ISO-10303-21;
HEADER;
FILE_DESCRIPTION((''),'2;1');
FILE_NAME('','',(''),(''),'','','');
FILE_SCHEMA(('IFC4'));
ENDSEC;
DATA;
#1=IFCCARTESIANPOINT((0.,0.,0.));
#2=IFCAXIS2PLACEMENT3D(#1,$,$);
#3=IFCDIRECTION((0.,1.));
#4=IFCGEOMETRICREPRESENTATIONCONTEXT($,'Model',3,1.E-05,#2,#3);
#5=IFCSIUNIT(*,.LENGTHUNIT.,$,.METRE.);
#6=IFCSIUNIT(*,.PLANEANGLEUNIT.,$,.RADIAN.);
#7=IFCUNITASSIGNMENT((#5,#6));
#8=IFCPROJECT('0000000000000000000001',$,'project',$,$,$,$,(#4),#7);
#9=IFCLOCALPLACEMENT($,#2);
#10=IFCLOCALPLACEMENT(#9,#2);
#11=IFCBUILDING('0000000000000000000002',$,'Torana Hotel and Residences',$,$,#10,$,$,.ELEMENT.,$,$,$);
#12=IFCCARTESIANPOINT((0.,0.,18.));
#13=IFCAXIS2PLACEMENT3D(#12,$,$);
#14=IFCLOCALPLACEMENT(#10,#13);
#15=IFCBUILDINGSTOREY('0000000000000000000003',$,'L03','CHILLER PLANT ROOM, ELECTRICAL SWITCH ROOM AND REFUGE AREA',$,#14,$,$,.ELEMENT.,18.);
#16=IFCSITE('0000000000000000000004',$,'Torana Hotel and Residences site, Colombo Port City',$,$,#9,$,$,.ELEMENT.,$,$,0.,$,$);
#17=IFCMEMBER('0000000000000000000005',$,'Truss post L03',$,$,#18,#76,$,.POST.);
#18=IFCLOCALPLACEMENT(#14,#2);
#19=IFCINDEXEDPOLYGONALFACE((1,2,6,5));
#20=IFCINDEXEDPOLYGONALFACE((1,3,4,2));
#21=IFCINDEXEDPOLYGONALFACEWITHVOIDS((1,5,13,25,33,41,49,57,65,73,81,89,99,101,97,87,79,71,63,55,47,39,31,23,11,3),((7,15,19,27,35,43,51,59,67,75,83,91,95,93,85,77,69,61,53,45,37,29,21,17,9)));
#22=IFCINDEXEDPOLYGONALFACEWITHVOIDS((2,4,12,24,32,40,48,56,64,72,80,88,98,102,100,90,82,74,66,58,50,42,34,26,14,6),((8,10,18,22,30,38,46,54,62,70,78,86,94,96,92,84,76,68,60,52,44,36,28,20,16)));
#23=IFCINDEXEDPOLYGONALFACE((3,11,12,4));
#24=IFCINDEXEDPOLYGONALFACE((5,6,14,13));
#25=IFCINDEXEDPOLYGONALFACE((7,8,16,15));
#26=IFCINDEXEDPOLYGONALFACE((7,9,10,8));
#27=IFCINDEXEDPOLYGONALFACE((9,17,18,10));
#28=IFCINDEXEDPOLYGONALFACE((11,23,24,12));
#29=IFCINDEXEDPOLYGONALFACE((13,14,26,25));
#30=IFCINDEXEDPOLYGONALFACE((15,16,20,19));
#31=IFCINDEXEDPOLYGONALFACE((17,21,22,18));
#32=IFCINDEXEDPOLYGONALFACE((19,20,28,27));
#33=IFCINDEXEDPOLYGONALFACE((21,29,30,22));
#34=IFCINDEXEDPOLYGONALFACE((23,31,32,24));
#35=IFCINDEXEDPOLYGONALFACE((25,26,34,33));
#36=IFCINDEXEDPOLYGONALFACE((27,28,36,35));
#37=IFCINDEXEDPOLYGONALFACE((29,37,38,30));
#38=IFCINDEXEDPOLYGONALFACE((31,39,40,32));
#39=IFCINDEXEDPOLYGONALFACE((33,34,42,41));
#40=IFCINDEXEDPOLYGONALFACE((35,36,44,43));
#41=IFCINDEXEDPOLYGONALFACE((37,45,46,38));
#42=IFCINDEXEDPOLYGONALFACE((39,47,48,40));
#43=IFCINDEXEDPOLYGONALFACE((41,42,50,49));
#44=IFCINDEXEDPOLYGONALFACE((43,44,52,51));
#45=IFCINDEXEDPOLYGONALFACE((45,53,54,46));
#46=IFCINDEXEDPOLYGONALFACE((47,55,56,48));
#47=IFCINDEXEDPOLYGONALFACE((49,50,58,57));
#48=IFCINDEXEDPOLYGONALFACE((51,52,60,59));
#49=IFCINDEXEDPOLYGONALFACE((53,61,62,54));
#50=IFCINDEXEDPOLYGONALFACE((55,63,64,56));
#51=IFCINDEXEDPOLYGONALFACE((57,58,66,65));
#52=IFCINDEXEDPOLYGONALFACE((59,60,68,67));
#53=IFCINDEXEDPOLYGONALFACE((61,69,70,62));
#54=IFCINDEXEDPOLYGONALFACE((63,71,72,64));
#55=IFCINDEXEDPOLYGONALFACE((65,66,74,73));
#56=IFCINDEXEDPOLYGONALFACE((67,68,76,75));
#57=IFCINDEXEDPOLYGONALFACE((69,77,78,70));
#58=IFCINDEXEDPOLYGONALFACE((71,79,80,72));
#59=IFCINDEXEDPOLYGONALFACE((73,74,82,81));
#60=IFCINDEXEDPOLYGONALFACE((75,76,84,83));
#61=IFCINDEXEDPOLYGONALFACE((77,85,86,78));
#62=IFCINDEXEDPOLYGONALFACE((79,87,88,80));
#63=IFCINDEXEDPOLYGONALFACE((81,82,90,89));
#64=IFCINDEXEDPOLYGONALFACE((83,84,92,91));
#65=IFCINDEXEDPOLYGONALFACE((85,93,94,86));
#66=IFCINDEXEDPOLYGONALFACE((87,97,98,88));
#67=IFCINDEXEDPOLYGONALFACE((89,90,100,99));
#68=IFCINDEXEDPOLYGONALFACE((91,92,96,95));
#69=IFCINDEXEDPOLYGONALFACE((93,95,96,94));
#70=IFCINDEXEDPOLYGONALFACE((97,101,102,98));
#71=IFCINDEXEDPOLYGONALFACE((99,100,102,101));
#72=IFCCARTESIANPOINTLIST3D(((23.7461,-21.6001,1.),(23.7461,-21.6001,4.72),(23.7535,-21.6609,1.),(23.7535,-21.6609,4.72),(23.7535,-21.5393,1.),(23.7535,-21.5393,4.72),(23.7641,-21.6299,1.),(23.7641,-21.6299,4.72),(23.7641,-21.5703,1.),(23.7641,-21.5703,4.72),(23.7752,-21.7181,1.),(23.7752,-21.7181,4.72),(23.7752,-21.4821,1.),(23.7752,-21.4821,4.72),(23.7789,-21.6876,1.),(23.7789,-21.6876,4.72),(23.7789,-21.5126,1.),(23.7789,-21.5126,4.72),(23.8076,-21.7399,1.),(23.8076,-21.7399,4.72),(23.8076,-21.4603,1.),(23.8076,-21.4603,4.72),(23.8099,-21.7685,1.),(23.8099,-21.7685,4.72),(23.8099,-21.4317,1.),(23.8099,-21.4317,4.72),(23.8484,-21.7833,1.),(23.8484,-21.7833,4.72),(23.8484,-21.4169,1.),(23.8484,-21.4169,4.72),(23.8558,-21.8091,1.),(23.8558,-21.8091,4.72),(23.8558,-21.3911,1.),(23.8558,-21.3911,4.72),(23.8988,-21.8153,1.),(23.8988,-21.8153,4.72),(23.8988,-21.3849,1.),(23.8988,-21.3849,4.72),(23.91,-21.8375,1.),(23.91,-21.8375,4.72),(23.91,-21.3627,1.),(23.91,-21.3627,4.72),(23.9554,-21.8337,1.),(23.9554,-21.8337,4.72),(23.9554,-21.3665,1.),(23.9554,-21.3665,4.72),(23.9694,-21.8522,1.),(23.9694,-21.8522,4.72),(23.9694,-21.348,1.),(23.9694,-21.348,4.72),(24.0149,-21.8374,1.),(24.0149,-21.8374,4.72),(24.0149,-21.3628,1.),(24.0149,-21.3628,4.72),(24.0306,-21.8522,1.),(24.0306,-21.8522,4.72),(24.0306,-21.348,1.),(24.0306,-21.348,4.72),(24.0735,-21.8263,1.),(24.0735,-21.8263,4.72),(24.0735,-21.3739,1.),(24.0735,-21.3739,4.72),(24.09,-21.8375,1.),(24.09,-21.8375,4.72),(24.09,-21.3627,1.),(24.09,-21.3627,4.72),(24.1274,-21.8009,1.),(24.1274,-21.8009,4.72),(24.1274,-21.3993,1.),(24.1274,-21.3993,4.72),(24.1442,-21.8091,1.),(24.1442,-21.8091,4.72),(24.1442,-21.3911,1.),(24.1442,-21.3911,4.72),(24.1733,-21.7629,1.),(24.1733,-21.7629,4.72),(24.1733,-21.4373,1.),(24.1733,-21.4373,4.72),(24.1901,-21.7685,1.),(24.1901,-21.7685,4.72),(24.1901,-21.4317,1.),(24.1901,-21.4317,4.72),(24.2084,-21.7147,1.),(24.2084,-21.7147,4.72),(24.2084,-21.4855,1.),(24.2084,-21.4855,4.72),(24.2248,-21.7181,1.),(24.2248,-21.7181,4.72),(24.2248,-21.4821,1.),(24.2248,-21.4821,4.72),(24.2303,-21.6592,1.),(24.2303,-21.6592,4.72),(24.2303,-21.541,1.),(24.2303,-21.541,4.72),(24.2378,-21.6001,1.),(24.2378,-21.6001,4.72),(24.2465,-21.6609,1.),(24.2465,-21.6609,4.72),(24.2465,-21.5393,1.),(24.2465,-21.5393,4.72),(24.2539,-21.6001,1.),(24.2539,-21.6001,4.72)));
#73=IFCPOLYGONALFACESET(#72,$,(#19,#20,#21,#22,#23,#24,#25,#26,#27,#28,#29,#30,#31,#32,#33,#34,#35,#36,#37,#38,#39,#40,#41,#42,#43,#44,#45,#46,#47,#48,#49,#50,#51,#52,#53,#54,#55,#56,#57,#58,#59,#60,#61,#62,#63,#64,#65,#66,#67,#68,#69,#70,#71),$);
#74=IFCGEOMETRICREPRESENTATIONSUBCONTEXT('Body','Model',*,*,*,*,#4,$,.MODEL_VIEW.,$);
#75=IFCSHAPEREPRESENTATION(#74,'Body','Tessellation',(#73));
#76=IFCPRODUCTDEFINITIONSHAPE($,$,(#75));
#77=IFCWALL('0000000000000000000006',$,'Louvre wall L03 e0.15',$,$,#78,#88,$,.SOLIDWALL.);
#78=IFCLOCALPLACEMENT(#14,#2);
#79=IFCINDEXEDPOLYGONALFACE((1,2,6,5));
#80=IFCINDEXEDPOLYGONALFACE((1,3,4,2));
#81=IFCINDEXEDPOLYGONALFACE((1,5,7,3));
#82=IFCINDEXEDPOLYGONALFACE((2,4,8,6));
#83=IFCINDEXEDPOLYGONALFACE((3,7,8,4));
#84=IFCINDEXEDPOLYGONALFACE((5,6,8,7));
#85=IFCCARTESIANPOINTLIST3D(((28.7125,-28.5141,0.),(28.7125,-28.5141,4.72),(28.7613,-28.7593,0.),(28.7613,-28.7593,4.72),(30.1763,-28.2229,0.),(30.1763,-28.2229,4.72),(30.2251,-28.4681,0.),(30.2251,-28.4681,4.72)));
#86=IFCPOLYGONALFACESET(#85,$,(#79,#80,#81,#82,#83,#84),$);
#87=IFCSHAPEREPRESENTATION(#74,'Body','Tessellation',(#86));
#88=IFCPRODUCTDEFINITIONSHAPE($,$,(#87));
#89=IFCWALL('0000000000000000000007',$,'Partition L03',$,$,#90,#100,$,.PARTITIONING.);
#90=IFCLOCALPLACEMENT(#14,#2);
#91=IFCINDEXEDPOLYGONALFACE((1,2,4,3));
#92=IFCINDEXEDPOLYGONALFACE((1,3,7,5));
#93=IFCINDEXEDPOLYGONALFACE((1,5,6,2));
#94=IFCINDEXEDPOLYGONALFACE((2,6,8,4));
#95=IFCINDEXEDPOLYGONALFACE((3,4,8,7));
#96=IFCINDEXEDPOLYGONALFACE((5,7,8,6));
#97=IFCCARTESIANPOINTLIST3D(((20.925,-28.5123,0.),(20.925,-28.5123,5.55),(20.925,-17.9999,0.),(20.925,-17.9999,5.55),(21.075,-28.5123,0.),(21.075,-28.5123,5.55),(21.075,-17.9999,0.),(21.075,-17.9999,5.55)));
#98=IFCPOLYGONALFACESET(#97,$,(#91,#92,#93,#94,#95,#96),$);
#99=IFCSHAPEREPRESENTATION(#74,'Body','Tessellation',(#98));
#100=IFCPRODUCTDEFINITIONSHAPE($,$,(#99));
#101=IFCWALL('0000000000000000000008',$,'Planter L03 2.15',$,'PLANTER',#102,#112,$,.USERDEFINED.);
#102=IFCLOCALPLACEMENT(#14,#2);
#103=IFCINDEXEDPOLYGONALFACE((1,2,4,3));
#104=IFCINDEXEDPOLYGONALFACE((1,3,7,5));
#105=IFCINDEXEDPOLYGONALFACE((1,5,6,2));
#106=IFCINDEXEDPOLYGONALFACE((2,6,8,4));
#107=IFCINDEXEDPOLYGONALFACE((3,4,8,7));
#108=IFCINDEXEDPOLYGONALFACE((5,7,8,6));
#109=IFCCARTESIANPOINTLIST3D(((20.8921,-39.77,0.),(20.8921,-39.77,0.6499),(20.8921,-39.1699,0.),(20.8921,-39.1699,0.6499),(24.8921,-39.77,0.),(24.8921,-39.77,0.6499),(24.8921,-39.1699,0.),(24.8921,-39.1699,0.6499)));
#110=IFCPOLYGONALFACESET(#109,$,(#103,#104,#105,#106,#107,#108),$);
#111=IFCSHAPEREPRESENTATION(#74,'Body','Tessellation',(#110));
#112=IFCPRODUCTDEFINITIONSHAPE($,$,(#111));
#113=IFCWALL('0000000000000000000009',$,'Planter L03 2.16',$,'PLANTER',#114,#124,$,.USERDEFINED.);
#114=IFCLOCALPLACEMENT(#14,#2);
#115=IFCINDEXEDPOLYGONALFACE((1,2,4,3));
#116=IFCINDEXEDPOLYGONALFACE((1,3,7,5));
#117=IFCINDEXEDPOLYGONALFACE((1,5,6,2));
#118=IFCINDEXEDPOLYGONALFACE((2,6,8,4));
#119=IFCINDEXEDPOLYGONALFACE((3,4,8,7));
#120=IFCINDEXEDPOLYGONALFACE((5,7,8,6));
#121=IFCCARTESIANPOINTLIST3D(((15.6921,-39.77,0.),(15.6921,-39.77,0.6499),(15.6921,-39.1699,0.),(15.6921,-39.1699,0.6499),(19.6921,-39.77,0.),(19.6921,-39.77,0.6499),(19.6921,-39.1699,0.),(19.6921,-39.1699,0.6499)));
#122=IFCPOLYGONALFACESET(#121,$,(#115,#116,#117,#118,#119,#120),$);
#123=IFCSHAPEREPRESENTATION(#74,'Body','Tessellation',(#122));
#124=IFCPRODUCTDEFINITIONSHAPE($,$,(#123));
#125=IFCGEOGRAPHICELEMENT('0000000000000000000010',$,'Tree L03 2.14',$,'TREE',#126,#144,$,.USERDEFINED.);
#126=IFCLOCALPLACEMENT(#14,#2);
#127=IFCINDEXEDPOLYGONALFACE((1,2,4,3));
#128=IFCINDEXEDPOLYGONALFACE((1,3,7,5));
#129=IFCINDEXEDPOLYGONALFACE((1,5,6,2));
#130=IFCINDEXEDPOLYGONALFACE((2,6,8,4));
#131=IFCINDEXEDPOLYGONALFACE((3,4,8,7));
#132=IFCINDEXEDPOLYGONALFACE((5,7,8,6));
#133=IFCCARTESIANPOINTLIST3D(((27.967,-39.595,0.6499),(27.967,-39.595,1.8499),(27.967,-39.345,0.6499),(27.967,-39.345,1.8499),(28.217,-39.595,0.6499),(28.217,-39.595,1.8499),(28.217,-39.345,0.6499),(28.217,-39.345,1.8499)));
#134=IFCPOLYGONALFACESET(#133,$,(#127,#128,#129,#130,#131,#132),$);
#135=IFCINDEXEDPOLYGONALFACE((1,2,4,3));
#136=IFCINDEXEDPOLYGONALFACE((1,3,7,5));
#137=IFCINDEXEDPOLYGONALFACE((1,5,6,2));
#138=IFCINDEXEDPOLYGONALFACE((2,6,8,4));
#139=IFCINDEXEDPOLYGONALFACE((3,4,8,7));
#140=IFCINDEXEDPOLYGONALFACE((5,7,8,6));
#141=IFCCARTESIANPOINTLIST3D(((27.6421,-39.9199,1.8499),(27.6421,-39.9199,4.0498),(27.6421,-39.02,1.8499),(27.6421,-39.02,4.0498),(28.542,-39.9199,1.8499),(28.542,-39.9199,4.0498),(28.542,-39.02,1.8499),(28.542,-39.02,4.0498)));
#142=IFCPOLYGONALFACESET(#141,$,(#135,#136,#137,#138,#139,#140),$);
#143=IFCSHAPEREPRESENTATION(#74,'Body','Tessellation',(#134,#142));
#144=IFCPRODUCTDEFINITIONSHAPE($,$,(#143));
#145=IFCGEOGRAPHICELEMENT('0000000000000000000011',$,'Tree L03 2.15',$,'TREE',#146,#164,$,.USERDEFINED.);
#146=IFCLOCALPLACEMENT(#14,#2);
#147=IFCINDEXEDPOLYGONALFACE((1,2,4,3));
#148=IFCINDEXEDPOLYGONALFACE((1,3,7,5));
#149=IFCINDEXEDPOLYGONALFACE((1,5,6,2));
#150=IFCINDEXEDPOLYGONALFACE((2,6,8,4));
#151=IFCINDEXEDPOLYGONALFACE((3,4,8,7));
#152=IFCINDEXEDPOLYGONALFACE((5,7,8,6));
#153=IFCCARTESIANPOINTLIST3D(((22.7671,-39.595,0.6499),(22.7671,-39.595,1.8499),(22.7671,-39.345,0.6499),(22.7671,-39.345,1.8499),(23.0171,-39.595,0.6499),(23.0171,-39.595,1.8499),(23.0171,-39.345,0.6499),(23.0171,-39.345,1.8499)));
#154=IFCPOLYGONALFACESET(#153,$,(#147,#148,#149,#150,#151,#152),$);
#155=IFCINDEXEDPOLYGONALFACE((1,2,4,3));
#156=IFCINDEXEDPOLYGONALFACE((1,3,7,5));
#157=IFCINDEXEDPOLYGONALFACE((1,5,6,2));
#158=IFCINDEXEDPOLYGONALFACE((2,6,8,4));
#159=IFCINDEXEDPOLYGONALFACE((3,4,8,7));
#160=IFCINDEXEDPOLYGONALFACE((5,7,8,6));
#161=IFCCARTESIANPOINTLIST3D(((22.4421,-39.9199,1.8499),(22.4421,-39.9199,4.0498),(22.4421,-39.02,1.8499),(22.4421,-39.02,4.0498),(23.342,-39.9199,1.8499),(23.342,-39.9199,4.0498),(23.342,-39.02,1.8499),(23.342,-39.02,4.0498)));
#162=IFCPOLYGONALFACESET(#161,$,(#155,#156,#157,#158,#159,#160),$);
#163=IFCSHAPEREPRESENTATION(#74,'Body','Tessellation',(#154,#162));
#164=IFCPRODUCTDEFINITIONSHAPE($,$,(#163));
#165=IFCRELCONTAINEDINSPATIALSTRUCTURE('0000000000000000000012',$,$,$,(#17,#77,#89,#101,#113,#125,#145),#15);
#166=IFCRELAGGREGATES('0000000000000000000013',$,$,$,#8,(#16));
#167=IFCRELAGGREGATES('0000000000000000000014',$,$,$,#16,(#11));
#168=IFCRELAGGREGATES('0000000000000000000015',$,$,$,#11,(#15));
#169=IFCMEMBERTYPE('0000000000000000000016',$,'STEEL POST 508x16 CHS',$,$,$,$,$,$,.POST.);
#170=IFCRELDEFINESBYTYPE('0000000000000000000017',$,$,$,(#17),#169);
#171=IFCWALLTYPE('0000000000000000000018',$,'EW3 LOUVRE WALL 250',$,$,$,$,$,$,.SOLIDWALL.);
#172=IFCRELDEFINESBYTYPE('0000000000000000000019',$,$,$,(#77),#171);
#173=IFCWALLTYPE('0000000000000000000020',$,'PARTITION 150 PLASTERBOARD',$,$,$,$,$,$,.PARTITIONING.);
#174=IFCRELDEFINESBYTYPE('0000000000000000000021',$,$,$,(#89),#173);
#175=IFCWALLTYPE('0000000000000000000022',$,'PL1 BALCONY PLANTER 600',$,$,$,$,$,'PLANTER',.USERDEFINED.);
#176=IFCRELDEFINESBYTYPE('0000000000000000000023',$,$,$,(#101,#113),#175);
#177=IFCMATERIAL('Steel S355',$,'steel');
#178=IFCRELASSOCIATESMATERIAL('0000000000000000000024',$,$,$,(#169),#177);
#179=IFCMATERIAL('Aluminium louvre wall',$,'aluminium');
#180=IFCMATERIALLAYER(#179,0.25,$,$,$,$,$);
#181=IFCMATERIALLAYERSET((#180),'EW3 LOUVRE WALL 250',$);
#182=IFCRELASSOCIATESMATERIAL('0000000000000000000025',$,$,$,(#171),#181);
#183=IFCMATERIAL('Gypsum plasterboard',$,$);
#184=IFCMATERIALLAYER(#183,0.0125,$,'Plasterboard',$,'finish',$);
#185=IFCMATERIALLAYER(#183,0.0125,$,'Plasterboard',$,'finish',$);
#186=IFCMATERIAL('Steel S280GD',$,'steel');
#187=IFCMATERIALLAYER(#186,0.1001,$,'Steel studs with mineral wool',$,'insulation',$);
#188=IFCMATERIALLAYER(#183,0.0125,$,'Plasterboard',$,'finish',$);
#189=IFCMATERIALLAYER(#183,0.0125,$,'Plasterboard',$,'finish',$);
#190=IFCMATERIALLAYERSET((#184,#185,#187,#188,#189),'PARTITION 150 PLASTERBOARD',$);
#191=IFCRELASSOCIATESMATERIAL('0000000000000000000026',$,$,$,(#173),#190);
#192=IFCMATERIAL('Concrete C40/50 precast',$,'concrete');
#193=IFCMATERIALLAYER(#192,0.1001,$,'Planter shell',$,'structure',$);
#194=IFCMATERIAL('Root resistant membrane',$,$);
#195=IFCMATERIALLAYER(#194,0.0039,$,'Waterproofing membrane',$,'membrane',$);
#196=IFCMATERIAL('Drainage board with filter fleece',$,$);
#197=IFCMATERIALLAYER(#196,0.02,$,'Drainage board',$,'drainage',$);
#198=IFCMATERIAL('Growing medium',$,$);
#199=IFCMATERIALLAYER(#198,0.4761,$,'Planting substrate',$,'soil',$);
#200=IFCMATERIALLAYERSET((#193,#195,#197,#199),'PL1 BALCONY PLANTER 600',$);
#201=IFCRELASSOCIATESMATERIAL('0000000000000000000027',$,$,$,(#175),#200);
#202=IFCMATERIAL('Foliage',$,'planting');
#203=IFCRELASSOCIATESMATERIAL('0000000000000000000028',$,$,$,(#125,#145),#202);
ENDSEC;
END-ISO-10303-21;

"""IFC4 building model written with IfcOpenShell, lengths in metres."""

from ifc_helpers import new_model, si_unit, direction, frame, frame_2d, origin, origin_2d, place, context, subcontext, project, spatial, rectangle, hollow_circle, extrude, material, layer, layer_set, material_profile, profile_set, type_object, element, save


model = new_model("IFC4")

# Units and contexts
model_context = context("Model", 3, precision=1e-05, world=origin(), true_north=direction((0.0, 1.0)))
body_context = subcontext(model_context, "Body", "Model", "MODEL_VIEW")
ifc_project = project(units=[si_unit("LENGTHUNIT", "METRE"), si_unit("PLANEANGLEUNIT", "RADIAN")], contexts=[model_context])

# Site, building, storey
site_placement = place(None, origin())
site = spatial("IfcSite", under=ifc_project, at=site_placement, Name="Torana Hotel and Residences site, Colombo Port City", CompositionType="ELEMENT", RefElevation=0.0)
building_placement = place(site_placement, origin())
building = spatial("IfcBuilding", under=site, at=building_placement, Name="Torana Hotel and Residences", CompositionType="ELEMENT")
storey_placement = place(building_placement, frame((0.0, 0.0, 18.0)))
storey = spatial("IfcBuildingStorey", under=building, at=storey_placement, Name="L03", Description="CHILLER PLANT ROOM, ELECTRICAL SWITCH ROOM AND REFUGE AREA", CompositionType="ELEMENT", Elevation=18.0)

# Member
ifc_material_1 = material(Name="Steel S355", Category="steel")
ifc_material_profile_1 = material_profile(ifc_material_1, hollow_circle(Radius=0.2539, WallThickness=0.0161, at=origin_2d()), Name="508x16 CHS")
ifc_profile_set_1 = profile_set([ifc_material_profile_1], Name="Steel S355")
member_type_1 = type_object("IfcMemberType", Name="STEEL POST 508x16 CHS", PredefinedType="POST", material=ifc_profile_set_1)
for number, where, z_axis, x_axis, name in (
    (1, (24.0, -21.6001, 1.0), (0.0, 0.0, 1.0), (1.0, 0.0, 0.0), "Truss post L03"),
):
    element("IfcMember", number, at=place(storey_placement, frame(where, z_axis=z_axis, x_axis=x_axis)), inside=storey, type_object=member_type_1, Name=name, PredefinedType="POST", context=body_context, shape_type="SweptSolid", body=[
        extrude(hollow_circle(Radius=0.2539, WallThickness=0.0161, at=origin_2d()), origin(), (0.0, 0.0, 1.0), 3.72),
    ])

# Walls
ifc_material_2 = material(Name="Aluminium louvre wall", Category="aluminium")
ifc_layer_1 = layer(ifc_material_2, 0.25)
ifc_layer_set_1 = layer_set([ifc_layer_1], Name="EW3 LOUVRE WALL 250")
wall_type_1 = type_object("IfcWallType", Name="EW3 LOUVRE WALL 250", PredefinedType="SOLIDWALL", material=ifc_layer_set_1)
wall_1_placement = place(storey_placement, frame((28.7371, -28.6367, 0.0), z_axis=(0.0, 0.0, 1.0), x_axis=(0.980769, 0.195172, 0.0)))
element("IfcWall", 2, at=wall_1_placement, inside=storey, type_object=wall_type_1, Name="Louvre wall L03 e0.15", PredefinedType="SOLIDWALL", context=body_context, shape_type="SweptSolid", body=[
    extrude(rectangle(XDim=1.4924, YDim=0.25, at=frame_2d((0.7461, 0.0))), origin(), (0.0, 0.0, 1.0), 4.72),
])
ifc_material_3 = material(Name="Gypsum plasterboard")
ifc_layer_2 = layer(ifc_material_3, 0.0125, Name="Plasterboard", Category="finish")
ifc_layer_3 = layer(ifc_material_3, 0.0125, Name="Plasterboard", Category="finish")
ifc_material_4 = material(Name="Steel S280GD", Category="steel")
ifc_layer_4 = layer(ifc_material_4, 0.1001, Name="Steel studs with mineral wool", Category="insulation")
ifc_layer_5 = layer(ifc_material_3, 0.0125, Name="Plasterboard", Category="finish")
ifc_layer_6 = layer(ifc_material_3, 0.0125, Name="Plasterboard", Category="finish")
ifc_layer_set_2 = layer_set([ifc_layer_2, ifc_layer_3, ifc_layer_4, ifc_layer_5, ifc_layer_6], Name="PARTITION 150 PLASTERBOARD")
wall_type_2 = type_object("IfcWallType", Name="PARTITION 150 PLASTERBOARD", PredefinedType="PARTITIONING", material=ifc_layer_set_2)
wall_2_placement = place(storey_placement, frame((21.0, -28.5125, 0.0), z_axis=(0.0, 0.0, 1.0), x_axis=(0.0, 1.0, 0.0)))
element("IfcWall", 3, at=wall_2_placement, inside=storey, type_object=wall_type_2, Name="Partition L03", PredefinedType="PARTITIONING", context=body_context, shape_type="SweptSolid", body=[
    extrude(rectangle(XDim=10.5125, YDim=0.1499, at=frame_2d((5.2563, 0.0))), origin(), (0.0, 0.0, 1.0), 5.55),
])
ifc_material_5 = material(Name="Concrete C40/50 precast", Category="concrete")
ifc_layer_7 = layer(ifc_material_5, 0.1001, Name="Planter shell", Category="structure")
ifc_material_6 = material(Name="Root resistant membrane")
ifc_layer_8 = layer(ifc_material_6, 0.0039, Name="Waterproofing membrane", Category="membrane")
ifc_material_7 = material(Name="Drainage board with filter fleece")
ifc_layer_9 = layer(ifc_material_7, 0.02, Name="Drainage board", Category="drainage")
ifc_material_8 = material(Name="Growing medium")
ifc_layer_10 = layer(ifc_material_8, 0.4761, Name="Planting substrate", Category="soil")
ifc_layer_set_3 = layer_set([ifc_layer_7, ifc_layer_8, ifc_layer_9, ifc_layer_10], Name="PL1 BALCONY PLANTER 600")
wall_type_3 = type_object("IfcWallType", Name="PL1 BALCONY PLANTER 600", ElementType="PLANTER", PredefinedType="USERDEFINED", material=ifc_layer_set_3)
for number, where, z_axis, x_axis, name in (
    (4, (24.8921, -39.47, 0.0), (0.0, 0.0, 1.0), (-1.0, 0.0, 0.0), "Planter L03 2.15"),
    (5, (19.6921, -39.47, 0.0), (0.0, 0.0, 1.0), (-1.0, 0.0, 0.0), "Planter L03 2.16"),
):
    element("IfcWall", number, at=place(storey_placement, frame(where, z_axis=z_axis, x_axis=x_axis)), inside=storey, type_object=wall_type_3, Name=name, ObjectType="PLANTER", PredefinedType="USERDEFINED", context=body_context, shape_type="SweptSolid", body=[
        extrude(rectangle(XDim=4.0, YDim=0.6001, at=frame_2d((2.0, 0.0))), origin(), (0.0, 0.0, 1.0), 0.6499),
    ])

# Geographic elements
ifc_material_9 = material(Name="Foliage", Category="planting")
for number, where, z_axis, x_axis, name in (
    (6, (28.092, -39.47, 0.6499), (0.0, 0.0, 1.0), (1.0, 0.0, 0.0), "Tree L03 2.14"),
    (7, (22.8921, -39.47, 0.6499), (0.0, 0.0, 1.0), (1.0, 0.0, 0.0), "Tree L03 2.15"),
):
    element("IfcGeographicElement", number, at=place(storey_placement, frame(where, z_axis=z_axis, x_axis=x_axis)), inside=storey, material=ifc_material_9, Name=name, ObjectType="TREE", PredefinedType="USERDEFINED", context=body_context, shape_type="SweptSolid", body=[
        extrude(rectangle(XDim=0.25, YDim=0.25, at=origin_2d()), origin(), (0.0, 0.0, 1.0), 1.2),
        extrude(rectangle(XDim=0.8999, YDim=0.8999, at=origin_2d()), frame((0.0, 0.0, 1.2)), (0.0, 0.0, 1.0), 2.2),
    ])

save(model, "model.ifc")
